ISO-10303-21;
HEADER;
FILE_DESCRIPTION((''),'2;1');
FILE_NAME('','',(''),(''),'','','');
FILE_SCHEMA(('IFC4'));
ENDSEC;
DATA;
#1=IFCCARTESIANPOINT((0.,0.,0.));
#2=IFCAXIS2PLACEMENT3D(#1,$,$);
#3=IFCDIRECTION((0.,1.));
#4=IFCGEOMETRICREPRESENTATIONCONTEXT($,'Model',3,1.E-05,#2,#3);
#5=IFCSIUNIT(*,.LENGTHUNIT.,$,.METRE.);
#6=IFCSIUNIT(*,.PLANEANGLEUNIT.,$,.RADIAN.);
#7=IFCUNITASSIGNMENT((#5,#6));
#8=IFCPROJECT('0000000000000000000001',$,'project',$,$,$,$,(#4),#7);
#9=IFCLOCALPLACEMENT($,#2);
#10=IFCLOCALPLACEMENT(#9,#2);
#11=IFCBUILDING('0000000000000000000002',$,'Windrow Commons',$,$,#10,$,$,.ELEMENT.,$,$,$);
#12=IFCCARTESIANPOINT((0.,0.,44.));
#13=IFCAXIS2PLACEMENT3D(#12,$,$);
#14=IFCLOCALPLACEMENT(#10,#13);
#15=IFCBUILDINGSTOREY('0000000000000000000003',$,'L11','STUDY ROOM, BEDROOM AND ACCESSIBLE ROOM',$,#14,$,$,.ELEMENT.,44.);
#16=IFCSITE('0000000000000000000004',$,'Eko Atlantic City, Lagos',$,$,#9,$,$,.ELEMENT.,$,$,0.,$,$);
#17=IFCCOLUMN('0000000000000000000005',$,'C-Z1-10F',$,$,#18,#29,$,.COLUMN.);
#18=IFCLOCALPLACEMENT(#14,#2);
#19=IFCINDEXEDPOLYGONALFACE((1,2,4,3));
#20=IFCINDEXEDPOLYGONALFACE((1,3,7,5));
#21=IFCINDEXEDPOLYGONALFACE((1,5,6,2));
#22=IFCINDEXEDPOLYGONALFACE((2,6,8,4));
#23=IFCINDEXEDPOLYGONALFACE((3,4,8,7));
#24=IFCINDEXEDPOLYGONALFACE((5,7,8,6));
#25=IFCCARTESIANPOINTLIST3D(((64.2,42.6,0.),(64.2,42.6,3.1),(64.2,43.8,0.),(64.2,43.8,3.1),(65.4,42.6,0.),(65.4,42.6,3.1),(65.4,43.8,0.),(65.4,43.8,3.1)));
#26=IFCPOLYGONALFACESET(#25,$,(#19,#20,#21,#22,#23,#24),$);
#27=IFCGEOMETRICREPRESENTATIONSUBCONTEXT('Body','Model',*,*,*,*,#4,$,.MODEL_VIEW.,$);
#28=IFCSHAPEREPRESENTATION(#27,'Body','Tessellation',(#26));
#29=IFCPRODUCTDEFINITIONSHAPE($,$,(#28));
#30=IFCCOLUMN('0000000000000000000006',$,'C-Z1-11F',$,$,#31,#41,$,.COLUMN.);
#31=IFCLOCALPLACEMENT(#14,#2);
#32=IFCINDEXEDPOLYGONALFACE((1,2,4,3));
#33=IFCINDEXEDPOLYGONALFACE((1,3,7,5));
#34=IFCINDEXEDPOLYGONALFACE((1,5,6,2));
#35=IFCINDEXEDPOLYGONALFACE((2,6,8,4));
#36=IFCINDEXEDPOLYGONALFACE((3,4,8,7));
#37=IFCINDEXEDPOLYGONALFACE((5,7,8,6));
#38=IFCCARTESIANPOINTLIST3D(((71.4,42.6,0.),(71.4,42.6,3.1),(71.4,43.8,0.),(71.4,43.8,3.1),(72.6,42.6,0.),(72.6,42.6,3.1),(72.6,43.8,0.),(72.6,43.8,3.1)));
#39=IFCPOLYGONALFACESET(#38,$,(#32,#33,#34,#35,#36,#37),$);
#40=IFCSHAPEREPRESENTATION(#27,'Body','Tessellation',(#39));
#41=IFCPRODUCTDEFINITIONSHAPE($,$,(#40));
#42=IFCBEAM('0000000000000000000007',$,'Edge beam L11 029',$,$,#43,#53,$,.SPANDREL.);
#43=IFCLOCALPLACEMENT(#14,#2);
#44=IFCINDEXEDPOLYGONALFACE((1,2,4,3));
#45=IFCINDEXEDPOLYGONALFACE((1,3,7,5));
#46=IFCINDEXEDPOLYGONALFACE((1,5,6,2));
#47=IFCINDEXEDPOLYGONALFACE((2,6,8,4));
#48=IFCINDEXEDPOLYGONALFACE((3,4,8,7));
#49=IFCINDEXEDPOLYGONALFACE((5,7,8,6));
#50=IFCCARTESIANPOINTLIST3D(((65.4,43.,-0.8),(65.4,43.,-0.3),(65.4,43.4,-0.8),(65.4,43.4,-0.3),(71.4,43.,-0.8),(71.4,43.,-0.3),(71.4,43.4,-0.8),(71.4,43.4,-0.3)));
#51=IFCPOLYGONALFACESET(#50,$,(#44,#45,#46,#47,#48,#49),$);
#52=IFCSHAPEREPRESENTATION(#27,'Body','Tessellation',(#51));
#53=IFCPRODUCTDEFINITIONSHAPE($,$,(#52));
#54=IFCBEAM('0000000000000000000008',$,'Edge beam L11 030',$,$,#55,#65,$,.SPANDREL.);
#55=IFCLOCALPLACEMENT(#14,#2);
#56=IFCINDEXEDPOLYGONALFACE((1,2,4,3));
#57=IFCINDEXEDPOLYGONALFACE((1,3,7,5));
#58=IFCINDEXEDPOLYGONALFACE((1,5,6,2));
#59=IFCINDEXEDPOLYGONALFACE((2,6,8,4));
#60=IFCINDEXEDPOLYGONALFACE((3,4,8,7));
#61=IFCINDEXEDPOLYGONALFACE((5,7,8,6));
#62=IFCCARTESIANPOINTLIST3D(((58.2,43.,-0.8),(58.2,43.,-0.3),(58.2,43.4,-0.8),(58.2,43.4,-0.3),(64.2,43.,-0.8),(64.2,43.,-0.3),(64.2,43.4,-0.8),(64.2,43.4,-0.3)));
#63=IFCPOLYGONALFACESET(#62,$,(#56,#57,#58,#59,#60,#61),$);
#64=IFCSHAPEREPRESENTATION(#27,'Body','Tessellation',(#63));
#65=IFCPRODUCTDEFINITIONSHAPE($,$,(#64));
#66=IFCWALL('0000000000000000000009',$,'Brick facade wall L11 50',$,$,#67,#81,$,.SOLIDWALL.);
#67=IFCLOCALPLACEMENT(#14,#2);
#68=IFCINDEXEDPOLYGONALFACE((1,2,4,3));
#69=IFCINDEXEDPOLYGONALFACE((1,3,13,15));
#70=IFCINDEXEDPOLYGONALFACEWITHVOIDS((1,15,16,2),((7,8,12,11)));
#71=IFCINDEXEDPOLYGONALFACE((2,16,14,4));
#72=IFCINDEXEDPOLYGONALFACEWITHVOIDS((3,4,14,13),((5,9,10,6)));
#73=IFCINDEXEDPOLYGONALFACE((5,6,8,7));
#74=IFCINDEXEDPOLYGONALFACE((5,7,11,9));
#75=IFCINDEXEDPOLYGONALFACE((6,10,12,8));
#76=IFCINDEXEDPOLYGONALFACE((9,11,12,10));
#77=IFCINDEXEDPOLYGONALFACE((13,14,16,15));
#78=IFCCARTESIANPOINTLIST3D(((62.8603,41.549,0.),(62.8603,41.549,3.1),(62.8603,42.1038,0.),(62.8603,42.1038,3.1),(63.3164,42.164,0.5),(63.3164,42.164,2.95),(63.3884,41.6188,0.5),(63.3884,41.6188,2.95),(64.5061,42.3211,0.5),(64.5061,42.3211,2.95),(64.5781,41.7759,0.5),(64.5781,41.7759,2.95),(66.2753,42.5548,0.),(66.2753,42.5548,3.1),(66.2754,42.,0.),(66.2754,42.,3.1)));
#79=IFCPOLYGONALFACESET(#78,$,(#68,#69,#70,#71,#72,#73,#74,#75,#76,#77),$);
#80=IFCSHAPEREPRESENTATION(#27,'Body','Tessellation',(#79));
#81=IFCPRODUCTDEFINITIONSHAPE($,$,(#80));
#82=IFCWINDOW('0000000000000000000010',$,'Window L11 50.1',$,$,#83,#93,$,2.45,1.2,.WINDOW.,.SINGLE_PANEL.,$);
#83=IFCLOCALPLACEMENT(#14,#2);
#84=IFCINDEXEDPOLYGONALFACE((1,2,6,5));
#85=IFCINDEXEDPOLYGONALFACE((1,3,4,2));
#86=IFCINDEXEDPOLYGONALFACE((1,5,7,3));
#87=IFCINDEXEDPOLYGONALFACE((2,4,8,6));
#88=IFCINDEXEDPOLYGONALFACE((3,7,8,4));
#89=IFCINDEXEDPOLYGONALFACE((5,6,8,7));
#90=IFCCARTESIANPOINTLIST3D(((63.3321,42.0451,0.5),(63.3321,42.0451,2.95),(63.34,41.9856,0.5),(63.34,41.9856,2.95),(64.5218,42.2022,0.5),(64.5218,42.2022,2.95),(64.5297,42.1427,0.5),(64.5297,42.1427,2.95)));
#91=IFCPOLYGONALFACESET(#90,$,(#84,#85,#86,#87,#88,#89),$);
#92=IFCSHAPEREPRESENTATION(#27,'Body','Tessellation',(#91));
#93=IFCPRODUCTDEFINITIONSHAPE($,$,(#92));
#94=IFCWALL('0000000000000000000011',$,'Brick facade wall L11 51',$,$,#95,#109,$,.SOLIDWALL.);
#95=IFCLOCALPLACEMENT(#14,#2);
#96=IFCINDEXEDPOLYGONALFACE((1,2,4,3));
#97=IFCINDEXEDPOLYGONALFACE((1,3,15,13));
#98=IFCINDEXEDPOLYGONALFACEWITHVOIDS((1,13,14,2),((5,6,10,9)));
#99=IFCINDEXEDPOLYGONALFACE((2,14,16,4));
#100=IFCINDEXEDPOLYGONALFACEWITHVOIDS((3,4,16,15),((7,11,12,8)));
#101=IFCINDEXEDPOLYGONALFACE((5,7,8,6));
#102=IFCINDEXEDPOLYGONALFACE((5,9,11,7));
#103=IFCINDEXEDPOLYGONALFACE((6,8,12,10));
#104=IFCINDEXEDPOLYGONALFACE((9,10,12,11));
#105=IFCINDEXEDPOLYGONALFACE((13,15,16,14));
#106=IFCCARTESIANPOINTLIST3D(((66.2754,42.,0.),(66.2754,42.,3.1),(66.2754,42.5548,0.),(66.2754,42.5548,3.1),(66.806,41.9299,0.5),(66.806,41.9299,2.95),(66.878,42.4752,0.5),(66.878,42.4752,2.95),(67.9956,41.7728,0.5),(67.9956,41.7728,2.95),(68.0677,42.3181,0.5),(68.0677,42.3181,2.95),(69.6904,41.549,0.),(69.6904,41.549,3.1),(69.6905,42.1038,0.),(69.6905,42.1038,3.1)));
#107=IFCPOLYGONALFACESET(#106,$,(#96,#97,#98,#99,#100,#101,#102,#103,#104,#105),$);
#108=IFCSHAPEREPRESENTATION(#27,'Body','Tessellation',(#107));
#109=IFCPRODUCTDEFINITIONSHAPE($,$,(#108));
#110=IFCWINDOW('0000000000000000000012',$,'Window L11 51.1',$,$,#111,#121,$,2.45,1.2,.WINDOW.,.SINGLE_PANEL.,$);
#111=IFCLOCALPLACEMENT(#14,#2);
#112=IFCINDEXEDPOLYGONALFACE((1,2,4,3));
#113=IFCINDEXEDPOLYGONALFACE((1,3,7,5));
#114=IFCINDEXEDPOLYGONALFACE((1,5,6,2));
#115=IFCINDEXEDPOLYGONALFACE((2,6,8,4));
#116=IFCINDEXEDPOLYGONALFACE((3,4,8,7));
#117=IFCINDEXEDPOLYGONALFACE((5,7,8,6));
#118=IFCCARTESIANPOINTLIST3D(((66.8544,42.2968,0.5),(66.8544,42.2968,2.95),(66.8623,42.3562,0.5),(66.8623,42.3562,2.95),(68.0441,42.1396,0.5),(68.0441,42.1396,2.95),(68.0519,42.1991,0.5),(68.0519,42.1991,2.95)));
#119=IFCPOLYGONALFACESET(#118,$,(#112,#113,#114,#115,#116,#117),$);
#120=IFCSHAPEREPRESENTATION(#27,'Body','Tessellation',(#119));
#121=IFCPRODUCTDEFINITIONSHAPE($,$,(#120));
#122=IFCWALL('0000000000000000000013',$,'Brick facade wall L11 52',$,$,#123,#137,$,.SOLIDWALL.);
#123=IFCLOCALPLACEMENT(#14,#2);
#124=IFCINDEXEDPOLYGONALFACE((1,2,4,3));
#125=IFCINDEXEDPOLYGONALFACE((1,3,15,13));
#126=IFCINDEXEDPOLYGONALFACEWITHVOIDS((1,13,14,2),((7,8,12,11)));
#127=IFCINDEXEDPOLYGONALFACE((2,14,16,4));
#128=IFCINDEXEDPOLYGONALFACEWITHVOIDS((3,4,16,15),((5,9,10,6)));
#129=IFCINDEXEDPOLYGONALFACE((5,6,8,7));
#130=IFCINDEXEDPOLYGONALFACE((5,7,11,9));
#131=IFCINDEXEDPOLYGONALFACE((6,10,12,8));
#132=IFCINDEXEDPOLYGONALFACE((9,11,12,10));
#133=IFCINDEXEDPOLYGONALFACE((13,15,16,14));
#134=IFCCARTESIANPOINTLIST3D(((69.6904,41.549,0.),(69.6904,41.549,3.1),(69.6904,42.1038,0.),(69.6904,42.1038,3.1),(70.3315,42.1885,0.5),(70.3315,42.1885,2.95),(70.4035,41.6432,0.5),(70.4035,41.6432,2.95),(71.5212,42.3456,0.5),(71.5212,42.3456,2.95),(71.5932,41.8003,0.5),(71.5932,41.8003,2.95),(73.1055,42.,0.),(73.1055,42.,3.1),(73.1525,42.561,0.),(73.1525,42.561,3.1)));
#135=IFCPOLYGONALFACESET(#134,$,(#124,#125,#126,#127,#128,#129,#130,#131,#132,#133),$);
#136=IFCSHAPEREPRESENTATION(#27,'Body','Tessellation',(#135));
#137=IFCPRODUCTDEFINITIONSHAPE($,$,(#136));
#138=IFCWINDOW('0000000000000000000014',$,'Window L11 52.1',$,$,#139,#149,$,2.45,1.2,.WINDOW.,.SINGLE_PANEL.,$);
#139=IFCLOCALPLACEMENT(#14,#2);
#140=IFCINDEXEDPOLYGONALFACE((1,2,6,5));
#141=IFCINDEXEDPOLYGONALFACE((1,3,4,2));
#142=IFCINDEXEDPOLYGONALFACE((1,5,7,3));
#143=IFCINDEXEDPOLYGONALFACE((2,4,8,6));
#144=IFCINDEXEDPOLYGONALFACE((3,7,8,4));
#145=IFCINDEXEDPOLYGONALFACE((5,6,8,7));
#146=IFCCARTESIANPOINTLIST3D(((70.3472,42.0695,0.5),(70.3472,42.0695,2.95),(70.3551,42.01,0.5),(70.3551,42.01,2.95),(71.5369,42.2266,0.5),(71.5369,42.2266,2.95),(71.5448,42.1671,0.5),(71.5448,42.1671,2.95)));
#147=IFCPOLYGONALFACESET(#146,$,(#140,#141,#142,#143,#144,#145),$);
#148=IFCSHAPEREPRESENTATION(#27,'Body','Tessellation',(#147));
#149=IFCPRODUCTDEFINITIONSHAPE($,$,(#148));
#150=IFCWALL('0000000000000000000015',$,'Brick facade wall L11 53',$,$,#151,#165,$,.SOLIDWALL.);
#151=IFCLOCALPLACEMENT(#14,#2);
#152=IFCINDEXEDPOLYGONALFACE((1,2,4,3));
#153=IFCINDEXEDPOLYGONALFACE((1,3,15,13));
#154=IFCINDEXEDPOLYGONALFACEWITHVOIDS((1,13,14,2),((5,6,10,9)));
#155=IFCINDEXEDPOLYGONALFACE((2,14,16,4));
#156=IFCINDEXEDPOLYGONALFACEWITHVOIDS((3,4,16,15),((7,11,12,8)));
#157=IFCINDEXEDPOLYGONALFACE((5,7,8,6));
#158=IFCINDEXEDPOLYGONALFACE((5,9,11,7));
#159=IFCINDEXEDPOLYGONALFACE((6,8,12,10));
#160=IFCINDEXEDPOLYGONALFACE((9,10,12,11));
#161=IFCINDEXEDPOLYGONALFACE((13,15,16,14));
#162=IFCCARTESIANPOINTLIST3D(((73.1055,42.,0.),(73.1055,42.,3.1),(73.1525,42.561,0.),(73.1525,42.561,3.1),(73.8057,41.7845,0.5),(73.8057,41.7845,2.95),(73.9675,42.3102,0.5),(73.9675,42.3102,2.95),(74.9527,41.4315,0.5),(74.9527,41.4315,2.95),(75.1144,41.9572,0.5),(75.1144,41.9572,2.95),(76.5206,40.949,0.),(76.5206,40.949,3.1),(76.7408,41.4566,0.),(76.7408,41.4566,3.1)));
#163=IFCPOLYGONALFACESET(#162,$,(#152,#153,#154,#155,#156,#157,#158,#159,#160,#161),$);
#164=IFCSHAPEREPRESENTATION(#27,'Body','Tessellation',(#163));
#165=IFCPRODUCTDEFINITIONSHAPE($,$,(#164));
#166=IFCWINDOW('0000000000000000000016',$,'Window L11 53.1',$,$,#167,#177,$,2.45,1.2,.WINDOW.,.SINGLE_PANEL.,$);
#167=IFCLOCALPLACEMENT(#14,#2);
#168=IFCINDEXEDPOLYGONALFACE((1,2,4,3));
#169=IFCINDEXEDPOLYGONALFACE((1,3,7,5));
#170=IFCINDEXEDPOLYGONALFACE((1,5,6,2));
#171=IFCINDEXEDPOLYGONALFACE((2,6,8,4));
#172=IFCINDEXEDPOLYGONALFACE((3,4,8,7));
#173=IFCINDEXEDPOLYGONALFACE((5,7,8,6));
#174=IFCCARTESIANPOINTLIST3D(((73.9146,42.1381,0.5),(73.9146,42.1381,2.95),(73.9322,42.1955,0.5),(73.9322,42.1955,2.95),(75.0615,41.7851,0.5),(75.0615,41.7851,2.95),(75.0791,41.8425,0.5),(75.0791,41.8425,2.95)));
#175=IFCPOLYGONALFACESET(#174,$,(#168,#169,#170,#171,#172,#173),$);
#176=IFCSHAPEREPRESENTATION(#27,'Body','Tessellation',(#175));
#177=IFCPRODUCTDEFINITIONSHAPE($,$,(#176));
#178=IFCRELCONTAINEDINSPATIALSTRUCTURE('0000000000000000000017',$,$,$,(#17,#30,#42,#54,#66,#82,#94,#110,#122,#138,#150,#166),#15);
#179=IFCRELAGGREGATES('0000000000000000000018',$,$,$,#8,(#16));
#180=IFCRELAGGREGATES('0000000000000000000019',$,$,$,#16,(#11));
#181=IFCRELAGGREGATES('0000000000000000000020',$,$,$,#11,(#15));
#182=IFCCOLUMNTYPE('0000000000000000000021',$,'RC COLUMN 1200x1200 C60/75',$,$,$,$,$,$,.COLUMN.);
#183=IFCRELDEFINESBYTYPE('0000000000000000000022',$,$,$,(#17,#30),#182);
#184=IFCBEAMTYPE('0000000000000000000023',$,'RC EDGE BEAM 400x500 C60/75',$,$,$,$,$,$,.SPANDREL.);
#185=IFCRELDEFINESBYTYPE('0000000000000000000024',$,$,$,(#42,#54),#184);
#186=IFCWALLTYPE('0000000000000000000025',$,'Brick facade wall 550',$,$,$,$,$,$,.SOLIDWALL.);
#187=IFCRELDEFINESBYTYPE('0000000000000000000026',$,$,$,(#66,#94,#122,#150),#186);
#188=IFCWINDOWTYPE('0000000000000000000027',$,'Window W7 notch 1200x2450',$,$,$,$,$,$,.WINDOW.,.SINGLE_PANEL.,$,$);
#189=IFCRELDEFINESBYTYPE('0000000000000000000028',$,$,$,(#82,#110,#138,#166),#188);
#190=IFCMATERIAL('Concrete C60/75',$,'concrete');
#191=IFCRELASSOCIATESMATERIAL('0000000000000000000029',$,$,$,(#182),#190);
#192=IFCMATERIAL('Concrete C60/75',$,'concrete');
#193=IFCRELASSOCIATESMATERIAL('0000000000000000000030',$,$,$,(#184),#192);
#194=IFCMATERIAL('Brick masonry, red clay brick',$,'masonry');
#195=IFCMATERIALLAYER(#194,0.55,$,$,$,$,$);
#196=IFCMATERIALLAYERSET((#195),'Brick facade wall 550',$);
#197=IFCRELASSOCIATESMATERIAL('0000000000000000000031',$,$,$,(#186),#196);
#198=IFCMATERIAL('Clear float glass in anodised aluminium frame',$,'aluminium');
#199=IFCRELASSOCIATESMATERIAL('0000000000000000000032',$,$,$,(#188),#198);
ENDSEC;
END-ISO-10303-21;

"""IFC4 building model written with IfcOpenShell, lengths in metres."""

from ifc_helpers import new_model, si_unit, direction, frame, frame_2d, origin, origin_2d, place, context, subcontext, project, spatial, polyline, rectangle, outline, extrude, material, layer, layer_set, material_profile, profile_set, type_object, element, fill, save


model = new_model("IFC4")

# Units and contexts
model_context = context("Model", 3, precision=1e-05, world=origin(), true_north=direction((0.0, 1.0)))
body_context = subcontext(model_context, "Body", "Model", "MODEL_VIEW")
ifc_project = project(units=[si_unit("LENGTHUNIT", "METRE"), si_unit("PLANEANGLEUNIT", "RADIAN")], contexts=[model_context])

# Site, building, storey
site_placement = place(None, origin())
site = spatial("IfcSite", under=ifc_project, at=site_placement, Name="Eko Atlantic City, Lagos", CompositionType="ELEMENT", RefElevation=0.0)
building_placement = place(site_placement, origin())
building = spatial("IfcBuilding", under=site, at=building_placement, Name="Windrow Commons", CompositionType="ELEMENT")
storey_placement = place(building_placement, frame((0.0, 0.0, 44.0)))
storey = spatial("IfcBuildingStorey", under=building, at=storey_placement, Name="L11", Description="STUDY ROOM, BEDROOM AND ACCESSIBLE ROOM", CompositionType="ELEMENT", Elevation=44.0)

# Columns
ifc_material_1 = material(Name="Concrete C60/75", Category="concrete")
ifc_material_profile_1 = material_profile(ifc_material_1, rectangle(XDim=1.2, YDim=1.2, at=origin_2d()))
ifc_profile_set_1 = profile_set([ifc_material_profile_1], Name="Concrete C60/75")
column_type = type_object("IfcColumnType", Name="RC COLUMN 1200x1200 C60/75", PredefinedType="COLUMN", material=ifc_profile_set_1)
for number, where, z_axis, x_axis, name in (
    (1, (64.8, 43.2, 0.0), (0.0, 0.0, 1.0), (1.0, 0.0, 0.0), "C-Z1-10F"),
    (2, (72.0, 43.2, 0.0), (0.0, 0.0, 1.0), (1.0, 0.0, 0.0), "C-Z1-11F"),
):
    element("IfcColumn", number, at=place(storey_placement, frame(where, z_axis=z_axis, x_axis=x_axis)), inside=storey, type_object=column_type, Name=name, PredefinedType="COLUMN", context=body_context, shape_type="SweptSolid", body=[
        extrude(rectangle(XDim=1.2, YDim=1.2, at=origin_2d()), origin(), (0.0, 0.0, 1.0), 3.1),
    ])

# Beams
ifc_material_2 = material(Name="Concrete C60/75", Category="concrete")
ifc_material_profile_2 = material_profile(ifc_material_2, rectangle(XDim=0.4, YDim=0.5, at=origin_2d()))
ifc_profile_set_2 = profile_set([ifc_material_profile_2], Name="Concrete C60/75")
beam_type = type_object("IfcBeamType", Name="RC EDGE BEAM 400x500 C60/75", PredefinedType="SPANDREL", material=ifc_profile_set_2)
for number, where, z_axis, x_axis, name in (
    (3, (71.4, 43.2, -0.55), (-1.0, 0.0, 0.0), (0.0, -1.0, 0.0), "Edge beam L11 029"),
    (4, (64.2, 43.2, -0.55), (-1.0, 0.0, 0.0), (0.0, -1.0, 0.0), "Edge beam L11 030"),
):
    element("IfcBeam", number, at=place(storey_placement, frame(where, z_axis=z_axis, x_axis=x_axis)), inside=storey, type_object=beam_type, Name=name, PredefinedType="SPANDREL", context=body_context, shape_type="SweptSolid", body=[
        extrude(rectangle(XDim=0.4, YDim=0.5, at=origin_2d()), origin(), (0.0, 0.0, 1.0), 6.0),
    ])

# Walls, openings, windows
ifc_material_3 = material(Name="Brick masonry, red clay brick", Category="masonry")
ifc_layer_1 = layer(ifc_material_3, 0.55)
ifc_layer_set_1 = layer_set([ifc_layer_1], Name="Brick facade wall 550")
wall_type_1 = type_object("IfcWallType", Name="Brick facade wall 550", PredefinedType="SOLIDWALL", material=ifc_layer_set_1)
wall_1_placement = place(storey_placement, frame((62.8603, 41.8264, 0.0), z_axis=(0.0, 0.0, 1.0), x_axis=(0.991392, 0.130924, 0.0)))
wall_1 = element("IfcWall", 5, at=wall_1_placement, inside=storey, type_object=wall_type_1, Name="Brick facade wall L11 50", PredefinedType="SOLIDWALL", context=body_context, shape_type="SweptSolid", body=[
    extrude(outline(polyline([(-0.0363, -0.275), (3.4084, -0.275), (3.481, 0.275), (0.0363, 0.275), (-0.0363, -0.275)])), origin(), (0.0, 0.0, 1.0), 3.1),
])
opening_1_placement = place(wall_1_placement, frame((0.4964, 0.0, 0.5)))
opening_1 = element("IfcOpeningElement", 6, at=opening_1_placement, cuts=wall_1, PredefinedType="OPENING", context=body_context, shape_type="SweptSolid", body=[
    extrude(rectangle(XDim=1.2, YDim=2.45, at=frame_2d((0.6, 1.225))), frame((0.0, 0.285, 0.0), z_axis=(0.0, -1.0, 0.0), x_axis=(1.0, 0.0, 0.0)), (0.0, 0.0, 1.0), 0.57),
])
ifc_material_4 = material(Name="Clear float glass in anodised aluminium frame", Category="aluminium")
window_type = type_object("IfcWindowType", Name="Window W7 notch 1200x2450", PartitioningType="SINGLE_PANEL", PredefinedType="WINDOW", material=ifc_material_4)
window_1_placement = place(opening_1_placement, origin())
window_1 = element("IfcWindow", 7, at=window_1_placement, inside=storey, type_object=window_type, Name="Window L11 50.1", OverallHeight=2.45, OverallWidth=1.2, PartitioningType="SINGLE_PANEL", PredefinedType="WINDOW", context=body_context, shape_type="SweptSolid", body=[
    extrude(rectangle(XDim=1.2, YDim=2.45, at=frame_2d((0.6, 1.225))), frame((0.0, 0.155, 0.0), z_axis=(0.0, -1.0, 0.0), x_axis=(1.0, 0.0, 0.0)), (0.0, 0.0, 1.0), 0.06),
])
fill(opening_1, window_1)
wall_2_placement = place(storey_placement, frame((66.2754, 42.2774, 0.0), z_axis=(0.0, 0.0, 1.0), x_axis=(0.991392, -0.130928, 0.0)))
wall_2 = element("IfcWall", 8, at=wall_2_placement, inside=storey, type_object=wall_type_1, Name="Brick facade wall L11 51", PredefinedType="SOLIDWALL", context=body_context, shape_type="SweptSolid", body=[
    extrude(outline(polyline([(0.0363, -0.275), (3.481, -0.275), (3.4084, 0.275), (-0.0363, 0.275), (0.0363, -0.275)])), origin(), (0.0, 0.0, 1.0), 3.1),
])
opening_2_placement = place(wall_2_placement, frame((0.5715, 0.0, 0.5)))
opening_2 = element("IfcOpeningElement", 9, at=opening_2_placement, cuts=wall_2, PredefinedType="OPENING", context=body_context, shape_type="SweptSolid", body=[
    extrude(rectangle(XDim=1.2, YDim=2.45, at=frame_2d((0.6, 1.225))), frame((0.0, 0.285, 0.0), z_axis=(0.0, -1.0, 0.0), x_axis=(1.0, 0.0, 0.0)), (0.0, 0.0, 1.0), 0.57),
])
window_2_placement = place(opening_2_placement, origin())
window_2 = element("IfcWindow", 10, at=window_2_placement, inside=storey, type_object=window_type, Name="Window L11 51.1", OverallHeight=2.45, OverallWidth=1.2, PartitioningType="SINGLE_PANEL", PredefinedType="WINDOW", context=body_context, shape_type="SweptSolid", body=[
    extrude(rectangle(XDim=1.2, YDim=2.45, at=frame_2d((0.6, 1.225))), frame((0.0, 0.155, 0.0), z_axis=(0.0, -1.0, 0.0), x_axis=(1.0, 0.0, 0.0)), (0.0, 0.0, 1.0), 0.06),
])
fill(opening_2, window_2)
wall_3_placement = place(storey_placement, frame((69.6904, 41.8264, 0.0), z_axis=(0.0, 0.0, 1.0), x_axis=(0.991393, 0.130923, 0.0)))
wall_3 = element("IfcWall", 11, at=wall_3_placement, inside=storey, type_object=wall_type_1, Name="Brick facade wall L11 52", PredefinedType="SOLIDWALL", context=body_context, shape_type="SweptSolid", body=[
    extrude(outline(polyline([(-0.0363, -0.275), (3.4084, -0.275), (3.5285, 0.275), (0.0363, 0.275), (-0.0363, -0.275)])), origin(), (0.0, 0.0, 1.0), 3.1),
])
opening_3_placement = place(wall_3_placement, frame((0.683, 0.0, 0.5)))
opening_3 = element("IfcOpeningElement", 12, at=opening_3_placement, cuts=wall_3, PredefinedType="OPENING", context=body_context, shape_type="SweptSolid", body=[
    extrude(rectangle(XDim=1.2, YDim=2.45, at=frame_2d((0.6, 1.225))), frame((0.0, 0.285, 0.0), z_axis=(0.0, -1.0, 0.0), x_axis=(1.0, 0.0, 0.0)), (0.0, 0.0, 1.0), 0.57),
])
window_3_placement = place(opening_3_placement, origin())
window_3 = element("IfcWindow", 13, at=window_3_placement, inside=storey, type_object=window_type, Name="Window L11 52.1", OverallHeight=2.45, OverallWidth=1.2, PartitioningType="SINGLE_PANEL", PredefinedType="WINDOW", context=body_context, shape_type="SweptSolid", body=[
    extrude(rectangle(XDim=1.2, YDim=2.45, at=frame_2d((0.6, 1.225))), frame((0.0, 0.155, 0.0), z_axis=(0.0, -1.0, 0.0), x_axis=(1.0, 0.0, 0.0)), (0.0, 0.0, 1.0), 0.06),
])
fill(opening_3, window_3)
wall_4_placement = place(storey_placement, frame((73.129, 42.2805, 0.0), z_axis=(0.0, 0.0, 1.0), x_axis=(0.95576, -0.294149, 0.0)))
wall_4 = element("IfcWall", 14, at=wall_4_placement, inside=storey, type_object=wall_type_1, Name="Brick facade wall L11 53", PredefinedType="SOLIDWALL", context=body_context, shape_type="SweptSolid", body=[
    extrude(outline(polyline([(0.06, -0.275), (3.6332, -0.275), (3.6944, 0.275), (-0.06, 0.275), (0.06, -0.275)])), origin(), (0.0, 0.0, 1.0), 3.1),
])
opening_4_placement = place(wall_4_placement, frame((0.7927, 0.0, 0.5)))
opening_4 = element("IfcOpeningElement", 15, at=opening_4_placement, cuts=wall_4, PredefinedType="OPENING", context=body_context, shape_type="SweptSolid", body=[
    extrude(rectangle(XDim=1.2, YDim=2.45, at=frame_2d((0.6, 1.225))), frame((0.0, 0.285, 0.0), z_axis=(0.0, -1.0, 0.0), x_axis=(1.0, 0.0, 0.0)), (0.0, 0.0, 1.0), 0.57),
])
window_4_placement = place(opening_4_placement, origin())
window_4 = element("IfcWindow", 16, at=window_4_placement, inside=storey, type_object=window_type, Name="Window L11 53.1", OverallHeight=2.45, OverallWidth=1.2, PartitioningType="SINGLE_PANEL", PredefinedType="WINDOW", context=body_context, shape_type="SweptSolid", body=[
    extrude(rectangle(XDim=1.2, YDim=2.45, at=frame_2d((0.6, 1.225))), frame((0.0, 0.155, 0.0), z_axis=(0.0, -1.0, 0.0), x_axis=(1.0, 0.0, 0.0)), (0.0, 0.0, 1.0), 0.06),
])
fill(opening_4, window_4)

save(model, "model.ifc")
